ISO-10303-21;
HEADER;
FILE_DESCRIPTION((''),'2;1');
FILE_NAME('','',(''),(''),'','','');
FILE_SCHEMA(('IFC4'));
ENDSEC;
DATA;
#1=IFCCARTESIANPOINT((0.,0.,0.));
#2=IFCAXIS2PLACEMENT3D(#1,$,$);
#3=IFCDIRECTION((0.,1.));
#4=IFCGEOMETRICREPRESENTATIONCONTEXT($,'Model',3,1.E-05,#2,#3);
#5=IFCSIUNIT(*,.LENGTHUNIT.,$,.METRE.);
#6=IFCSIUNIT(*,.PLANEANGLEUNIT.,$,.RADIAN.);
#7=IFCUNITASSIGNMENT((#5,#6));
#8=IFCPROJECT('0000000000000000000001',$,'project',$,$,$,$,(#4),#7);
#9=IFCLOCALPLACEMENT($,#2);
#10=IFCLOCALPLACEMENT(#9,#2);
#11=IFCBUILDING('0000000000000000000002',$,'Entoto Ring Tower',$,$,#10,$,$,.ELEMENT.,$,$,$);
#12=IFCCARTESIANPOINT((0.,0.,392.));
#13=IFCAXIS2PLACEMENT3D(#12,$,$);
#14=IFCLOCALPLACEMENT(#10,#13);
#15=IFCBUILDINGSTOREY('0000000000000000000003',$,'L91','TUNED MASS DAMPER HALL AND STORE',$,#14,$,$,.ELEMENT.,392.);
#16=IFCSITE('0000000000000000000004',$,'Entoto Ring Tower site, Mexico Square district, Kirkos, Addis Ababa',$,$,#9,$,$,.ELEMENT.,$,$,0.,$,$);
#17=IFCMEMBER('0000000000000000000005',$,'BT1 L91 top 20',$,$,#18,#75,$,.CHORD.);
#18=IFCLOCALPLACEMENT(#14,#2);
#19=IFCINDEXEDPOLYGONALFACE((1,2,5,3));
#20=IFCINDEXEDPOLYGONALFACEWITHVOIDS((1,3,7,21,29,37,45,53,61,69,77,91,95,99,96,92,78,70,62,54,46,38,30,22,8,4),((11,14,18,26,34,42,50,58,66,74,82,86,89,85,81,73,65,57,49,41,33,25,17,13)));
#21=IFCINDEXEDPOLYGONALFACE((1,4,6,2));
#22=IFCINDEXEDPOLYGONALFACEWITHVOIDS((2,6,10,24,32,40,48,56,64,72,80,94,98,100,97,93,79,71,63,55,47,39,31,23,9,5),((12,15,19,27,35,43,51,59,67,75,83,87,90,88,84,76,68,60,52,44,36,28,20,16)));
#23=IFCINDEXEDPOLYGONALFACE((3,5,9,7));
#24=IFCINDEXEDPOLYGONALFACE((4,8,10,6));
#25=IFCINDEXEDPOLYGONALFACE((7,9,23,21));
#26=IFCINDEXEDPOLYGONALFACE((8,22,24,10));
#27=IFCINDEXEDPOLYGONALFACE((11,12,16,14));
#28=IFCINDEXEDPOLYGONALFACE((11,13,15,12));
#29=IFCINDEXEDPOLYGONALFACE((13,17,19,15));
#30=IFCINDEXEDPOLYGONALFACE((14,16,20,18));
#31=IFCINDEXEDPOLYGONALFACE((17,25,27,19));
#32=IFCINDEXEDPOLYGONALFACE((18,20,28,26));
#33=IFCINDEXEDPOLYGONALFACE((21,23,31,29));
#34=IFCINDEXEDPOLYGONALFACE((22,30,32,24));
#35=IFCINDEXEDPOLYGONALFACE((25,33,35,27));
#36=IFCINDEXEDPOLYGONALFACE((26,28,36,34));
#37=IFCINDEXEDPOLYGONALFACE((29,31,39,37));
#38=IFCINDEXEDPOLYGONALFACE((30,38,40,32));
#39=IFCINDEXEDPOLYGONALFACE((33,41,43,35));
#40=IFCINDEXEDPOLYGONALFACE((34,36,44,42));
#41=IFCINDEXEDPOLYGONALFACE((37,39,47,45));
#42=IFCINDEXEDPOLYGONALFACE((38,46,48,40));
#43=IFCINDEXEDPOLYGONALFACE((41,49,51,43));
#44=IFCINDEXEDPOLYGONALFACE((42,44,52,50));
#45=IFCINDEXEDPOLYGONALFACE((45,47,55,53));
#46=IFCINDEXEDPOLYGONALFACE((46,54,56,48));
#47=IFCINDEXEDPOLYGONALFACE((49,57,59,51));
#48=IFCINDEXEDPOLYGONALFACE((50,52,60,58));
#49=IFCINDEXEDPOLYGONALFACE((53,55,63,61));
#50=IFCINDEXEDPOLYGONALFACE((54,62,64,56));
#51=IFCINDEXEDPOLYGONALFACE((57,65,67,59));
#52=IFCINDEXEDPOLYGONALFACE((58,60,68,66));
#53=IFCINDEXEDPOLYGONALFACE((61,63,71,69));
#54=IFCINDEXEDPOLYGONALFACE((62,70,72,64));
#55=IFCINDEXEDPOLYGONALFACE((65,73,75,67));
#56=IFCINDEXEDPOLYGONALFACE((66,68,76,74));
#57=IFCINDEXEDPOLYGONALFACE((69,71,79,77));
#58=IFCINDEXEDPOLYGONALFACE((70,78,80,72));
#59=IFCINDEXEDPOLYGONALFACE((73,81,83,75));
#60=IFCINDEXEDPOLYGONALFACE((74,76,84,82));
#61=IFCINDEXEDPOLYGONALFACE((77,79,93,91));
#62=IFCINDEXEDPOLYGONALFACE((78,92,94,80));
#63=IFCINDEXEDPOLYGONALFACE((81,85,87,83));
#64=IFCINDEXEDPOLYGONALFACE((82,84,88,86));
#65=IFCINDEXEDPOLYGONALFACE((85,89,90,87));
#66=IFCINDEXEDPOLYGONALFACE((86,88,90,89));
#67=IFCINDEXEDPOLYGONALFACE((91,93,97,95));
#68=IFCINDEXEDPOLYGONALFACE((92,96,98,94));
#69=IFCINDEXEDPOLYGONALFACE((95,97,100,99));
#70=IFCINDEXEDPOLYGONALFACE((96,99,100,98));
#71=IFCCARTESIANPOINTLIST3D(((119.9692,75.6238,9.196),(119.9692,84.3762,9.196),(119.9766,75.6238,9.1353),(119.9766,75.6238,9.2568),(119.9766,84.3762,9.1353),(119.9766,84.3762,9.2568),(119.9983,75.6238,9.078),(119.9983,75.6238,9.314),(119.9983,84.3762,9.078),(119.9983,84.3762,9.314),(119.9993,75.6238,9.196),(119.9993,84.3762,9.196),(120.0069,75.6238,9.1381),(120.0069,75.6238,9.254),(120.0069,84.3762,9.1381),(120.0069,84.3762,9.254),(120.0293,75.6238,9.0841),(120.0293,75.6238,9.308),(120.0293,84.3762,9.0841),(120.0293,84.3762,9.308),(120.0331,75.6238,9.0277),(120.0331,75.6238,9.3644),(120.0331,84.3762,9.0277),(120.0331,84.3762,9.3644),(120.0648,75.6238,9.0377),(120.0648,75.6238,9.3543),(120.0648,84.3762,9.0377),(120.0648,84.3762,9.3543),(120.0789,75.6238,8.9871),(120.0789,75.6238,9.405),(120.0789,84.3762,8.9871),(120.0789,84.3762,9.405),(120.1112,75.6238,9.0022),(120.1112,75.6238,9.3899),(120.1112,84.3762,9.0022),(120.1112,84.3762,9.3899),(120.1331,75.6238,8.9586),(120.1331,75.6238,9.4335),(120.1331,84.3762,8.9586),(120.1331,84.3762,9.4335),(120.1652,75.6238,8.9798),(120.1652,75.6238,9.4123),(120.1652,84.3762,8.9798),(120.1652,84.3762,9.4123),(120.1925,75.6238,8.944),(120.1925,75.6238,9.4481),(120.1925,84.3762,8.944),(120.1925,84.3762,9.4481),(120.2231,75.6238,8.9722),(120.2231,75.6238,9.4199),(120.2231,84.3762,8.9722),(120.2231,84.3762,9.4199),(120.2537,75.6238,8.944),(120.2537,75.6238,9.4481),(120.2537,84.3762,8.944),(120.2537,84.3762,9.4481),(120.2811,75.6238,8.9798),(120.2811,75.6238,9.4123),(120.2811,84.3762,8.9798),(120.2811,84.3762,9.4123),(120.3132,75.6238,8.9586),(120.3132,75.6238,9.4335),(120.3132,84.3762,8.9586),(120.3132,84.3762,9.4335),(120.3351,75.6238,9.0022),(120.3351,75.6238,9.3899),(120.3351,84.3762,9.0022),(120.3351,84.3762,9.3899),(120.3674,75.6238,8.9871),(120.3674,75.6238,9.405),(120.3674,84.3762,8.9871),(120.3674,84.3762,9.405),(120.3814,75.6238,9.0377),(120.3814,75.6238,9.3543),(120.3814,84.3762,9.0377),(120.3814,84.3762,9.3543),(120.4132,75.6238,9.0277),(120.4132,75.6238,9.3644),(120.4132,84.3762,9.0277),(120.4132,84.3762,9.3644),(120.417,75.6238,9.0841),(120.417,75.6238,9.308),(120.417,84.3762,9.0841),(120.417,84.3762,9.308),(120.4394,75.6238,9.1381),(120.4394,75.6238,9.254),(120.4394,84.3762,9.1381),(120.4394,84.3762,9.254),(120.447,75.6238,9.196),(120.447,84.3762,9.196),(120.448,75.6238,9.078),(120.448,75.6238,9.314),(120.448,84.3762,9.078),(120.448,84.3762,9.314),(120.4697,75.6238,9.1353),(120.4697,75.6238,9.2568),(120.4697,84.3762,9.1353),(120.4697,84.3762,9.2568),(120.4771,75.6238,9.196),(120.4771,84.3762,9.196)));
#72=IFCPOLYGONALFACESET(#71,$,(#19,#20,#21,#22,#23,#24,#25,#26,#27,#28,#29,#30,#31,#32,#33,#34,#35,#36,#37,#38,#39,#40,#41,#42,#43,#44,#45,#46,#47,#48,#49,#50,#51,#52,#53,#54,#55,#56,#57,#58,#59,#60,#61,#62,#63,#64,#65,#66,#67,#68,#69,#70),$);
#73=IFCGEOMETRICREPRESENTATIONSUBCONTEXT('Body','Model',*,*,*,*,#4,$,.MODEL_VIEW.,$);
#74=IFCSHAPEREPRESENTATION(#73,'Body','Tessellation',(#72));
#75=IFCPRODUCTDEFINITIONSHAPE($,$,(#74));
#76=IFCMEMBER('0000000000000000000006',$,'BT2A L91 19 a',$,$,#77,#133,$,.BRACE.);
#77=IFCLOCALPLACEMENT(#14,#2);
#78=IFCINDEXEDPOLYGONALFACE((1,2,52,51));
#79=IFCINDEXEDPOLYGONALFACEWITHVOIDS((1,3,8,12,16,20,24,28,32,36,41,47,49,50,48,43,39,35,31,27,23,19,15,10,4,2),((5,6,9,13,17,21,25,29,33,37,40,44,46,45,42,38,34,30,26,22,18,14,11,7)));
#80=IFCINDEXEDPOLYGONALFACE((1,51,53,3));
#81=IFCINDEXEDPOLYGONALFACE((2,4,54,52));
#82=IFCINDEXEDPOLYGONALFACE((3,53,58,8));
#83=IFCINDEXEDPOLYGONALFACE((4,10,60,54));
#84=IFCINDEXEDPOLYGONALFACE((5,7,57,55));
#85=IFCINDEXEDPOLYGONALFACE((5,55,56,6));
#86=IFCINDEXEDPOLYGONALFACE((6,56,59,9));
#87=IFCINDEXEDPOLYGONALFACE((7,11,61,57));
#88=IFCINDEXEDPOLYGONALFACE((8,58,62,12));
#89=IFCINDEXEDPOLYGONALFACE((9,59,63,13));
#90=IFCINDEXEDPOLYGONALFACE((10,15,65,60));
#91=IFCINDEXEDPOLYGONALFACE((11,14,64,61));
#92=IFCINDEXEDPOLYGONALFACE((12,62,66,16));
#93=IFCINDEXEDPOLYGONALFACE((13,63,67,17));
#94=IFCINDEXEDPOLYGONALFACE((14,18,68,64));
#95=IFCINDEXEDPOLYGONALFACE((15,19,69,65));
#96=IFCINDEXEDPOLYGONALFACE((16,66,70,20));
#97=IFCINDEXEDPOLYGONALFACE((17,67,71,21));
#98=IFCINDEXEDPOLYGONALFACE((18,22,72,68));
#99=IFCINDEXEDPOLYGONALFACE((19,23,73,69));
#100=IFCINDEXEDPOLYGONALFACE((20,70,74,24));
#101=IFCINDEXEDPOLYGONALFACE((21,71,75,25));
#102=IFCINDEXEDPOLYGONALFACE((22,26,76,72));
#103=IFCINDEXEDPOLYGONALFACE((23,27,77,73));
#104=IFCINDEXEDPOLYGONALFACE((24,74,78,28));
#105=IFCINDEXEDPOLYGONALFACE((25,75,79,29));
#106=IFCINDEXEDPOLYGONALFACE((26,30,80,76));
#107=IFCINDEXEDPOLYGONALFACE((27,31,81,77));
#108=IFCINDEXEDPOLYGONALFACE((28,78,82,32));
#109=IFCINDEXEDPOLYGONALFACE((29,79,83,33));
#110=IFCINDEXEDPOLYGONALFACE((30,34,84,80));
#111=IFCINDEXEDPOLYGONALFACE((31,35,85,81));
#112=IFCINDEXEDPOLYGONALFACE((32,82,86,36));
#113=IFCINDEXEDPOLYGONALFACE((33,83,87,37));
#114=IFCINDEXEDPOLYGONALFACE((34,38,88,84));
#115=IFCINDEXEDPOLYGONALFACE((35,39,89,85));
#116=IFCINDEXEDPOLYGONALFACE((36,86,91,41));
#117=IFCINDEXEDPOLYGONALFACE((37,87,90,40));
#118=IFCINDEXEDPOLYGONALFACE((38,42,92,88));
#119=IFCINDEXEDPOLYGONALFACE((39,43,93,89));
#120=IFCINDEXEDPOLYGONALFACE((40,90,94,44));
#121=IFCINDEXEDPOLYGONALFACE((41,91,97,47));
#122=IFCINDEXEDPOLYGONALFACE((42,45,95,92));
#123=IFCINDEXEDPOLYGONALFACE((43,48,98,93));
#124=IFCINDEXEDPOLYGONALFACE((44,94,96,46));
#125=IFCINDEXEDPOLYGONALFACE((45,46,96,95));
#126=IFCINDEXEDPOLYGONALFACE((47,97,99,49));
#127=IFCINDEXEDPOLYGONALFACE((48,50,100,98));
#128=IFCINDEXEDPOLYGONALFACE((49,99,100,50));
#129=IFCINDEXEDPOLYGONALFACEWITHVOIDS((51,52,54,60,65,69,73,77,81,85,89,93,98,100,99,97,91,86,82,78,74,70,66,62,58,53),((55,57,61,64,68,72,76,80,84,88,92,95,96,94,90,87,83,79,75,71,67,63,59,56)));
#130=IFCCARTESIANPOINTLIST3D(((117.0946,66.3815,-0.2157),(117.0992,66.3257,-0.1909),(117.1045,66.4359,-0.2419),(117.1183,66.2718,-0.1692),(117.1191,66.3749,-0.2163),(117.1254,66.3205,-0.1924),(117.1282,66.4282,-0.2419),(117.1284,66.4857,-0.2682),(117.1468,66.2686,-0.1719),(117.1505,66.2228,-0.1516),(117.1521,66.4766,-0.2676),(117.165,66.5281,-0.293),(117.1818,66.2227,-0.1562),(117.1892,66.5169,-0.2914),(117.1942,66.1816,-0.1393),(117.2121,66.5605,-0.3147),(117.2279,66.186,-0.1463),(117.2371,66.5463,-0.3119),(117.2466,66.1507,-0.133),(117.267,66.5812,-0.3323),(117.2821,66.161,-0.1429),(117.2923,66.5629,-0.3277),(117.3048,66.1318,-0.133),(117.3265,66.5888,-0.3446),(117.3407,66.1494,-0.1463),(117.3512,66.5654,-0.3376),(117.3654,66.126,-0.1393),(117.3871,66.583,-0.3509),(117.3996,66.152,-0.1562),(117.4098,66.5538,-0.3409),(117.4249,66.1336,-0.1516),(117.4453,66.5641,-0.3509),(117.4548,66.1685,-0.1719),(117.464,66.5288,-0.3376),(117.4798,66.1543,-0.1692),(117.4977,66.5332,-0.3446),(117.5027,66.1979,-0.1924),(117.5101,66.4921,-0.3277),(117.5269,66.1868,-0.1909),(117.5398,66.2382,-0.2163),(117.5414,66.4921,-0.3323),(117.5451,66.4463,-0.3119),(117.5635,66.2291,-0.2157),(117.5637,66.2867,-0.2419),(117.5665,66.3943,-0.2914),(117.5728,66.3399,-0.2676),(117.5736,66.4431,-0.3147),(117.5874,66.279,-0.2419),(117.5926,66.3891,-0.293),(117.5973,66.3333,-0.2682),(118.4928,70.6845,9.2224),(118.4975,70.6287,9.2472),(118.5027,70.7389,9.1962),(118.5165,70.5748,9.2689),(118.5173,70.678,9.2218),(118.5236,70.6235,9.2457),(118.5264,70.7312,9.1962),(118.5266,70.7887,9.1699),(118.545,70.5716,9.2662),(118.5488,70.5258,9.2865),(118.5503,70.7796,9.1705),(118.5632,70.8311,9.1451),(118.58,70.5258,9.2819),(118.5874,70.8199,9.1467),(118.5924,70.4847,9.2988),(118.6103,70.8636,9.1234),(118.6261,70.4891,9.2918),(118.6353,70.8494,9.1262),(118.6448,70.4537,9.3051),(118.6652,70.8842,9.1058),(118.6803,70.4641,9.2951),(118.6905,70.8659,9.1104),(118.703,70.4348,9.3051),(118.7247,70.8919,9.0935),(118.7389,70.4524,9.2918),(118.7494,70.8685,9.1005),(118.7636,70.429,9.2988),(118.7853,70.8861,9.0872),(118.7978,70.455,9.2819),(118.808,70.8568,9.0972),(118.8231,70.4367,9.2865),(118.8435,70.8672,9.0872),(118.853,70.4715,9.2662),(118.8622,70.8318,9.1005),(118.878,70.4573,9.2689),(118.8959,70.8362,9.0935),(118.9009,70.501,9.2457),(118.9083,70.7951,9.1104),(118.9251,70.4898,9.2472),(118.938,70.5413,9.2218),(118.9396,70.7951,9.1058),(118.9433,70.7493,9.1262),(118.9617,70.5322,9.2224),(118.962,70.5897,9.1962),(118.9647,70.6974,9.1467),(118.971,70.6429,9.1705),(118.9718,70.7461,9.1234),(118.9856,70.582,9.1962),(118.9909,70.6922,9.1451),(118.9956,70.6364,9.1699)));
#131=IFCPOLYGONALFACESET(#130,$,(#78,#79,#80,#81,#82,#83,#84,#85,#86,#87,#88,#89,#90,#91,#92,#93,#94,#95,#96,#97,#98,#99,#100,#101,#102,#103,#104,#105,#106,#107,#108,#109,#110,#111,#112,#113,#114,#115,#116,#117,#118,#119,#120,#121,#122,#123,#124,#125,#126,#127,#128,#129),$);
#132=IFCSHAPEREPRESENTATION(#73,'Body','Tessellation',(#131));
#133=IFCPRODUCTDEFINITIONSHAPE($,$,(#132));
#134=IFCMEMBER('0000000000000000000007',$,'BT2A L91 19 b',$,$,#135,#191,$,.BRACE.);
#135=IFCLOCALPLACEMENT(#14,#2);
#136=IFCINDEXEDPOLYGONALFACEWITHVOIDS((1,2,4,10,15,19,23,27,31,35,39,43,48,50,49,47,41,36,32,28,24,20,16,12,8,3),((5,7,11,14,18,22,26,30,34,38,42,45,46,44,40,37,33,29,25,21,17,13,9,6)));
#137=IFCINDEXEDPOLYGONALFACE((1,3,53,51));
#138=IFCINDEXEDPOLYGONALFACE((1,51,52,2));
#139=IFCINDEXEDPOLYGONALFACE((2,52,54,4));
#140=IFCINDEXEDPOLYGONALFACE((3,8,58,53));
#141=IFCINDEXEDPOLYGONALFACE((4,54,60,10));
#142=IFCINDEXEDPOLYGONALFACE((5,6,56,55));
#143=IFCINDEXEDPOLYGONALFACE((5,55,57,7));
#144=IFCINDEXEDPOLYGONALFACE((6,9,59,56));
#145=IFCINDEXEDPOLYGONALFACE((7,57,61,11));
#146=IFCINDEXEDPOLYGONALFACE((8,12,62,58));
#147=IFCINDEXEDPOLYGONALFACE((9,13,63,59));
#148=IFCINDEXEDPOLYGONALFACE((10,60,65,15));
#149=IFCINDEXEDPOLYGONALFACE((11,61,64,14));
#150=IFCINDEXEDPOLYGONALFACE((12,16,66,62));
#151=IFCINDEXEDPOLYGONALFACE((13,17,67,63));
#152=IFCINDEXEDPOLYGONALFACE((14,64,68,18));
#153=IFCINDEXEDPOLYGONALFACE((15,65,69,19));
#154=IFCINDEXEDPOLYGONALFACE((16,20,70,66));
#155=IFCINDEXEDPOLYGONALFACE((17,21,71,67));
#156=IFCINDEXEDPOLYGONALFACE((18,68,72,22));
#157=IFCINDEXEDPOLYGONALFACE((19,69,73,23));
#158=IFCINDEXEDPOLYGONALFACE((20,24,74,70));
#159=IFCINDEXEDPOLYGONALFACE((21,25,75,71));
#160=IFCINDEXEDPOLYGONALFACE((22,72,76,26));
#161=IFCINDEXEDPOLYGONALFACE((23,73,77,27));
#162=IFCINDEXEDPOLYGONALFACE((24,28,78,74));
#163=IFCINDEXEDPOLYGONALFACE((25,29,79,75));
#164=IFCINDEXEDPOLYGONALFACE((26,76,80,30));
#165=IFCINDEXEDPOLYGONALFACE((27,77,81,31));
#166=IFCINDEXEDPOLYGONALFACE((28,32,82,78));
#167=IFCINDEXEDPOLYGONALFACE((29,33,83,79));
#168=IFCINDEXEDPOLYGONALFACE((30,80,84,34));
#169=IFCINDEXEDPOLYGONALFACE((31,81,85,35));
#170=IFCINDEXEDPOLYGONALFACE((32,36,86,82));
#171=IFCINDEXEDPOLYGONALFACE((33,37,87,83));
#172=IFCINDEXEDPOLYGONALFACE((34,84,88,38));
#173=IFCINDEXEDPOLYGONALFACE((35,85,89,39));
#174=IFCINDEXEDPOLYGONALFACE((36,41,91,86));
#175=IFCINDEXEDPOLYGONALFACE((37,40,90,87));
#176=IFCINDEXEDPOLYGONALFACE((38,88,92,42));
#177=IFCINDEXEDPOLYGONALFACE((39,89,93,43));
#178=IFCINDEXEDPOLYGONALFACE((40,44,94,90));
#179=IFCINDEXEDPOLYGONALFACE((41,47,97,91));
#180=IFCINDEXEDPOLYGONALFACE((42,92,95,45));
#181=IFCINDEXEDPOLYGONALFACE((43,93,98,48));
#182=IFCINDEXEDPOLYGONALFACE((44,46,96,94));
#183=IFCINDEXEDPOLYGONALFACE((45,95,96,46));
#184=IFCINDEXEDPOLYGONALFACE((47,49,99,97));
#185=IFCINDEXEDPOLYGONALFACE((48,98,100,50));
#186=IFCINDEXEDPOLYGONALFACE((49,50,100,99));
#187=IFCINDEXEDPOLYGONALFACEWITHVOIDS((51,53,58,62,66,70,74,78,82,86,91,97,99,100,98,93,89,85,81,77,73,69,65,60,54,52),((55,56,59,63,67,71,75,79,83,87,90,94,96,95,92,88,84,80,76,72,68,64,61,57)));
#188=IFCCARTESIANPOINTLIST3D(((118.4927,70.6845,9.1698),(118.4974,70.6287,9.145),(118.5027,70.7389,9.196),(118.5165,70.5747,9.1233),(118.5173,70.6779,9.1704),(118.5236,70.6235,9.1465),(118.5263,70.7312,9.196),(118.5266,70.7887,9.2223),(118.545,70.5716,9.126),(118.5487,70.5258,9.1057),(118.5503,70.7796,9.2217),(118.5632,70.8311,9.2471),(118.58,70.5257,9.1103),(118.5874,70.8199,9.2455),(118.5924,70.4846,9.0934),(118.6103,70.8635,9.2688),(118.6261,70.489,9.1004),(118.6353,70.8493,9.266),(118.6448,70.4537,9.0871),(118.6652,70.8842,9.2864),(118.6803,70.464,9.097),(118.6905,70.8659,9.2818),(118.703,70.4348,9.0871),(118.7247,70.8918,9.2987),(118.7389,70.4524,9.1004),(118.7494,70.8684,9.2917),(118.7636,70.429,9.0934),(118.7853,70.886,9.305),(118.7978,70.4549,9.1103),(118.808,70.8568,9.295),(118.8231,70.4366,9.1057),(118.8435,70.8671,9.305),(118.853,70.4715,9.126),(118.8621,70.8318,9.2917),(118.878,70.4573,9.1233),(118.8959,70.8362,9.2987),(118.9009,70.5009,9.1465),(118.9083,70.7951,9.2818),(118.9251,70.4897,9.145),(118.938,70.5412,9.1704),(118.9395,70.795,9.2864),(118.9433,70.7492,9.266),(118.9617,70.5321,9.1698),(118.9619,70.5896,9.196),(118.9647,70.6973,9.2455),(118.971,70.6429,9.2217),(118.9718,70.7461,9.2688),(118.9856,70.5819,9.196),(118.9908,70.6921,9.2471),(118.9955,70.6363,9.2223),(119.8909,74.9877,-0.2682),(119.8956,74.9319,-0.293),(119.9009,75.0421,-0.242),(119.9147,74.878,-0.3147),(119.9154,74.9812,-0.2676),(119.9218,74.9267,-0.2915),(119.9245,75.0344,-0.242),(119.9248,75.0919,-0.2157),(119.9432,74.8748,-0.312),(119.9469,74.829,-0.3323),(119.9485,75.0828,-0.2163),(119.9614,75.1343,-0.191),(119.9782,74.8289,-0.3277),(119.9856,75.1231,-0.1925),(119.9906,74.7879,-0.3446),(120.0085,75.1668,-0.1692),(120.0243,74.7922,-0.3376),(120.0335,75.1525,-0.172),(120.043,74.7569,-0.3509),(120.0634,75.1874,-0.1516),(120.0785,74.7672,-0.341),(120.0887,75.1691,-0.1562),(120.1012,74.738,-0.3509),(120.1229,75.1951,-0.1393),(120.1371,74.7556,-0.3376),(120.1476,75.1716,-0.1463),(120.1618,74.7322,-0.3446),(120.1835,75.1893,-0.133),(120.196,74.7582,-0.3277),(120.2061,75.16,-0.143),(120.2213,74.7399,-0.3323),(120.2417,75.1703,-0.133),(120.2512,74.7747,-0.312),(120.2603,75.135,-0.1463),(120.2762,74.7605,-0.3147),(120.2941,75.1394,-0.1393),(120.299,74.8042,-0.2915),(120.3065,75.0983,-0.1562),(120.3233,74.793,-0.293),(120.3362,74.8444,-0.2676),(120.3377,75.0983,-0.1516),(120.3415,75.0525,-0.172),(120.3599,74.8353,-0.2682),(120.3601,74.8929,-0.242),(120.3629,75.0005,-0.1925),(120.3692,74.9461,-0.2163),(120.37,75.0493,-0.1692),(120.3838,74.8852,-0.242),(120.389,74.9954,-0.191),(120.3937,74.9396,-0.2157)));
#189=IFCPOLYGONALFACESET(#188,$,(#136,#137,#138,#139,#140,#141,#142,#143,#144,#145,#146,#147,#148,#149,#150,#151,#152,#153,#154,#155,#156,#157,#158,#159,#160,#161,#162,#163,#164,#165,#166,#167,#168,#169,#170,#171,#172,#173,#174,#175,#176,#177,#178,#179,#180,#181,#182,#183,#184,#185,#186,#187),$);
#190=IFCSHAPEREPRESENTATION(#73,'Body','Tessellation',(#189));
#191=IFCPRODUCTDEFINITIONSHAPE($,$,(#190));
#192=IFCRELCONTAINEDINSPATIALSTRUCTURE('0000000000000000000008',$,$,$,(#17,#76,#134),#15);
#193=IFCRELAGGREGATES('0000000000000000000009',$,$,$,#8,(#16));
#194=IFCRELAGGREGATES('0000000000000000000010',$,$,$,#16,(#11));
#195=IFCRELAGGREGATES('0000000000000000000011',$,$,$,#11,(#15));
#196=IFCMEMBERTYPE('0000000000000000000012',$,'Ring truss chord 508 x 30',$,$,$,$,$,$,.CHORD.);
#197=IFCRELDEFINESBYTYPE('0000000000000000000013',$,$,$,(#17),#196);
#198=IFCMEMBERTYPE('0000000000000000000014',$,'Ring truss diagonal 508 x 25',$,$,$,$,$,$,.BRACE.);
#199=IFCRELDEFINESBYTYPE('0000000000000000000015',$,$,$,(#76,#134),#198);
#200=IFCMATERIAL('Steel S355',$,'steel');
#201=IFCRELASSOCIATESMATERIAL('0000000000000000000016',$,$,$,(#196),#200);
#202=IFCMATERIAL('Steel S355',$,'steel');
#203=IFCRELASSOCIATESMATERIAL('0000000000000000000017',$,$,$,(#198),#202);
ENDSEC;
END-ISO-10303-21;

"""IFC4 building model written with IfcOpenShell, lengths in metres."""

from ifc_helpers import new_model, si_unit, direction, frame, origin, origin_2d, place, context, subcontext, project, spatial, circle, hollow_circle, extrude, material, material_profile, profile_set, type_object, element, save


model = new_model("IFC4")

# Units and contexts
model_context = context("Model", 3, precision=1e-05, world=origin(), true_north=direction((0.0, 1.0)))
body_context = subcontext(model_context, "Body", "Model", "MODEL_VIEW")
ifc_project = project(units=[si_unit("LENGTHUNIT", "METRE"), si_unit("PLANEANGLEUNIT", "RADIAN")], contexts=[model_context])

# Site, building, storey
site_placement = place(None, origin())
site = spatial("IfcSite", under=ifc_project, at=site_placement, Name="Entoto Ring Tower site, Mexico Square district, Kirkos, Addis Ababa", CompositionType="ELEMENT", RefElevation=0.0)
building_placement = place(site_placement, origin())
building = spatial("IfcBuilding", under=site, at=building_placement, Name="Entoto Ring Tower", CompositionType="ELEMENT")
storey_placement = place(building_placement, frame((0.0, 0.0, 392.0)))
storey = spatial("IfcBuildingStorey", under=building, at=storey_placement, Name="L91", Description="TUNED MASS DAMPER HALL AND STORE", CompositionType="ELEMENT", Elevation=392.0)

# Members
ifc_material_1 = material(Name="Steel S355", Category="steel")
ifc_material_profile_1 = material_profile(ifc_material_1, hollow_circle(Radius=0.2539, WallThickness=0.03, at=origin_2d()), Name="CHS 508 x 30")
ifc_material_2 = material(Name="Concrete C60/75", Category="concrete")
ifc_material_profile_2 = material_profile(ifc_material_2, circle(Radius=0.2241, at=origin_2d()), Name="Concrete C60/75 infill")
ifc_profile_set_1 = profile_set([ifc_material_profile_1, ifc_material_profile_2], Name="Steel S355")
member_type_1 = type_object("IfcMemberType", Name="Ring truss chord 508 x 30", PredefinedType="CHORD", material=ifc_profile_set_1)
for number, where, z_axis, x_axis, name in (
    (1, (120.2231, 75.6238, 9.196), (0.0, 1.0, 0.0), (-1.0, 0.0, 0.0), "BT1 L91 top 20"),
):
    element("IfcMember", number, at=place(storey_placement, frame(where, z_axis=z_axis, x_axis=x_axis)), inside=storey, type_object=member_type_1, Name=name, PredefinedType="CHORD", context=body_context, shape_type="SweptSolid", body=[
        extrude(hollow_circle(Radius=0.2539, WallThickness=0.03, at=origin_2d()), origin(), (0.0, 0.0, 1.0), 8.7524),
    ])
ifc_material_3 = material(Name="Steel S355", Category="steel")
ifc_material_profile_3 = material_profile(ifc_material_3, hollow_circle(Radius=0.2539, WallThickness=0.0249, at=origin_2d()), Name="CHS 508 x 25")
ifc_material_4 = material(Name="Concrete C60/75", Category="concrete")
ifc_material_profile_4 = material_profile(ifc_material_4, circle(Radius=0.229, at=origin_2d()), Name="Concrete C60/75 infill")
ifc_profile_set_2 = profile_set([ifc_material_profile_3, ifc_material_profile_4], Name="Steel S355")
member_type_2 = type_object("IfcMemberType", Name="Ring truss diagonal 508 x 25", PredefinedType="BRACE", material=ifc_profile_set_2)
for number, where, z_axis, x_axis, name in (
    (2, (117.3459, 66.3574, -0.2419), (0.133588, 0.411122, 0.901739), (-0.951052, 0.309031, 0.0), "BT2A L91 19 a"),
    (3, (118.7441, 70.6604, 9.196), (0.133587, 0.411141, -0.90173), (-0.951057, 0.309015, 0.0), "BT2A L91 19 b"),
):
    element("IfcMember", number, at=place(storey_placement, frame(where, z_axis=z_axis, x_axis=x_axis)), inside=storey, type_object=member_type_2, Name=name, PredefinedType="BRACE", context=body_context, shape_type="SweptSolid", body=[
        extrude(hollow_circle(Radius=0.2539, WallThickness=0.0249, at=origin_2d()), origin(), (0.0, 0.0, 1.0), 10.4666),
    ])

save(model, "model.ifc")
